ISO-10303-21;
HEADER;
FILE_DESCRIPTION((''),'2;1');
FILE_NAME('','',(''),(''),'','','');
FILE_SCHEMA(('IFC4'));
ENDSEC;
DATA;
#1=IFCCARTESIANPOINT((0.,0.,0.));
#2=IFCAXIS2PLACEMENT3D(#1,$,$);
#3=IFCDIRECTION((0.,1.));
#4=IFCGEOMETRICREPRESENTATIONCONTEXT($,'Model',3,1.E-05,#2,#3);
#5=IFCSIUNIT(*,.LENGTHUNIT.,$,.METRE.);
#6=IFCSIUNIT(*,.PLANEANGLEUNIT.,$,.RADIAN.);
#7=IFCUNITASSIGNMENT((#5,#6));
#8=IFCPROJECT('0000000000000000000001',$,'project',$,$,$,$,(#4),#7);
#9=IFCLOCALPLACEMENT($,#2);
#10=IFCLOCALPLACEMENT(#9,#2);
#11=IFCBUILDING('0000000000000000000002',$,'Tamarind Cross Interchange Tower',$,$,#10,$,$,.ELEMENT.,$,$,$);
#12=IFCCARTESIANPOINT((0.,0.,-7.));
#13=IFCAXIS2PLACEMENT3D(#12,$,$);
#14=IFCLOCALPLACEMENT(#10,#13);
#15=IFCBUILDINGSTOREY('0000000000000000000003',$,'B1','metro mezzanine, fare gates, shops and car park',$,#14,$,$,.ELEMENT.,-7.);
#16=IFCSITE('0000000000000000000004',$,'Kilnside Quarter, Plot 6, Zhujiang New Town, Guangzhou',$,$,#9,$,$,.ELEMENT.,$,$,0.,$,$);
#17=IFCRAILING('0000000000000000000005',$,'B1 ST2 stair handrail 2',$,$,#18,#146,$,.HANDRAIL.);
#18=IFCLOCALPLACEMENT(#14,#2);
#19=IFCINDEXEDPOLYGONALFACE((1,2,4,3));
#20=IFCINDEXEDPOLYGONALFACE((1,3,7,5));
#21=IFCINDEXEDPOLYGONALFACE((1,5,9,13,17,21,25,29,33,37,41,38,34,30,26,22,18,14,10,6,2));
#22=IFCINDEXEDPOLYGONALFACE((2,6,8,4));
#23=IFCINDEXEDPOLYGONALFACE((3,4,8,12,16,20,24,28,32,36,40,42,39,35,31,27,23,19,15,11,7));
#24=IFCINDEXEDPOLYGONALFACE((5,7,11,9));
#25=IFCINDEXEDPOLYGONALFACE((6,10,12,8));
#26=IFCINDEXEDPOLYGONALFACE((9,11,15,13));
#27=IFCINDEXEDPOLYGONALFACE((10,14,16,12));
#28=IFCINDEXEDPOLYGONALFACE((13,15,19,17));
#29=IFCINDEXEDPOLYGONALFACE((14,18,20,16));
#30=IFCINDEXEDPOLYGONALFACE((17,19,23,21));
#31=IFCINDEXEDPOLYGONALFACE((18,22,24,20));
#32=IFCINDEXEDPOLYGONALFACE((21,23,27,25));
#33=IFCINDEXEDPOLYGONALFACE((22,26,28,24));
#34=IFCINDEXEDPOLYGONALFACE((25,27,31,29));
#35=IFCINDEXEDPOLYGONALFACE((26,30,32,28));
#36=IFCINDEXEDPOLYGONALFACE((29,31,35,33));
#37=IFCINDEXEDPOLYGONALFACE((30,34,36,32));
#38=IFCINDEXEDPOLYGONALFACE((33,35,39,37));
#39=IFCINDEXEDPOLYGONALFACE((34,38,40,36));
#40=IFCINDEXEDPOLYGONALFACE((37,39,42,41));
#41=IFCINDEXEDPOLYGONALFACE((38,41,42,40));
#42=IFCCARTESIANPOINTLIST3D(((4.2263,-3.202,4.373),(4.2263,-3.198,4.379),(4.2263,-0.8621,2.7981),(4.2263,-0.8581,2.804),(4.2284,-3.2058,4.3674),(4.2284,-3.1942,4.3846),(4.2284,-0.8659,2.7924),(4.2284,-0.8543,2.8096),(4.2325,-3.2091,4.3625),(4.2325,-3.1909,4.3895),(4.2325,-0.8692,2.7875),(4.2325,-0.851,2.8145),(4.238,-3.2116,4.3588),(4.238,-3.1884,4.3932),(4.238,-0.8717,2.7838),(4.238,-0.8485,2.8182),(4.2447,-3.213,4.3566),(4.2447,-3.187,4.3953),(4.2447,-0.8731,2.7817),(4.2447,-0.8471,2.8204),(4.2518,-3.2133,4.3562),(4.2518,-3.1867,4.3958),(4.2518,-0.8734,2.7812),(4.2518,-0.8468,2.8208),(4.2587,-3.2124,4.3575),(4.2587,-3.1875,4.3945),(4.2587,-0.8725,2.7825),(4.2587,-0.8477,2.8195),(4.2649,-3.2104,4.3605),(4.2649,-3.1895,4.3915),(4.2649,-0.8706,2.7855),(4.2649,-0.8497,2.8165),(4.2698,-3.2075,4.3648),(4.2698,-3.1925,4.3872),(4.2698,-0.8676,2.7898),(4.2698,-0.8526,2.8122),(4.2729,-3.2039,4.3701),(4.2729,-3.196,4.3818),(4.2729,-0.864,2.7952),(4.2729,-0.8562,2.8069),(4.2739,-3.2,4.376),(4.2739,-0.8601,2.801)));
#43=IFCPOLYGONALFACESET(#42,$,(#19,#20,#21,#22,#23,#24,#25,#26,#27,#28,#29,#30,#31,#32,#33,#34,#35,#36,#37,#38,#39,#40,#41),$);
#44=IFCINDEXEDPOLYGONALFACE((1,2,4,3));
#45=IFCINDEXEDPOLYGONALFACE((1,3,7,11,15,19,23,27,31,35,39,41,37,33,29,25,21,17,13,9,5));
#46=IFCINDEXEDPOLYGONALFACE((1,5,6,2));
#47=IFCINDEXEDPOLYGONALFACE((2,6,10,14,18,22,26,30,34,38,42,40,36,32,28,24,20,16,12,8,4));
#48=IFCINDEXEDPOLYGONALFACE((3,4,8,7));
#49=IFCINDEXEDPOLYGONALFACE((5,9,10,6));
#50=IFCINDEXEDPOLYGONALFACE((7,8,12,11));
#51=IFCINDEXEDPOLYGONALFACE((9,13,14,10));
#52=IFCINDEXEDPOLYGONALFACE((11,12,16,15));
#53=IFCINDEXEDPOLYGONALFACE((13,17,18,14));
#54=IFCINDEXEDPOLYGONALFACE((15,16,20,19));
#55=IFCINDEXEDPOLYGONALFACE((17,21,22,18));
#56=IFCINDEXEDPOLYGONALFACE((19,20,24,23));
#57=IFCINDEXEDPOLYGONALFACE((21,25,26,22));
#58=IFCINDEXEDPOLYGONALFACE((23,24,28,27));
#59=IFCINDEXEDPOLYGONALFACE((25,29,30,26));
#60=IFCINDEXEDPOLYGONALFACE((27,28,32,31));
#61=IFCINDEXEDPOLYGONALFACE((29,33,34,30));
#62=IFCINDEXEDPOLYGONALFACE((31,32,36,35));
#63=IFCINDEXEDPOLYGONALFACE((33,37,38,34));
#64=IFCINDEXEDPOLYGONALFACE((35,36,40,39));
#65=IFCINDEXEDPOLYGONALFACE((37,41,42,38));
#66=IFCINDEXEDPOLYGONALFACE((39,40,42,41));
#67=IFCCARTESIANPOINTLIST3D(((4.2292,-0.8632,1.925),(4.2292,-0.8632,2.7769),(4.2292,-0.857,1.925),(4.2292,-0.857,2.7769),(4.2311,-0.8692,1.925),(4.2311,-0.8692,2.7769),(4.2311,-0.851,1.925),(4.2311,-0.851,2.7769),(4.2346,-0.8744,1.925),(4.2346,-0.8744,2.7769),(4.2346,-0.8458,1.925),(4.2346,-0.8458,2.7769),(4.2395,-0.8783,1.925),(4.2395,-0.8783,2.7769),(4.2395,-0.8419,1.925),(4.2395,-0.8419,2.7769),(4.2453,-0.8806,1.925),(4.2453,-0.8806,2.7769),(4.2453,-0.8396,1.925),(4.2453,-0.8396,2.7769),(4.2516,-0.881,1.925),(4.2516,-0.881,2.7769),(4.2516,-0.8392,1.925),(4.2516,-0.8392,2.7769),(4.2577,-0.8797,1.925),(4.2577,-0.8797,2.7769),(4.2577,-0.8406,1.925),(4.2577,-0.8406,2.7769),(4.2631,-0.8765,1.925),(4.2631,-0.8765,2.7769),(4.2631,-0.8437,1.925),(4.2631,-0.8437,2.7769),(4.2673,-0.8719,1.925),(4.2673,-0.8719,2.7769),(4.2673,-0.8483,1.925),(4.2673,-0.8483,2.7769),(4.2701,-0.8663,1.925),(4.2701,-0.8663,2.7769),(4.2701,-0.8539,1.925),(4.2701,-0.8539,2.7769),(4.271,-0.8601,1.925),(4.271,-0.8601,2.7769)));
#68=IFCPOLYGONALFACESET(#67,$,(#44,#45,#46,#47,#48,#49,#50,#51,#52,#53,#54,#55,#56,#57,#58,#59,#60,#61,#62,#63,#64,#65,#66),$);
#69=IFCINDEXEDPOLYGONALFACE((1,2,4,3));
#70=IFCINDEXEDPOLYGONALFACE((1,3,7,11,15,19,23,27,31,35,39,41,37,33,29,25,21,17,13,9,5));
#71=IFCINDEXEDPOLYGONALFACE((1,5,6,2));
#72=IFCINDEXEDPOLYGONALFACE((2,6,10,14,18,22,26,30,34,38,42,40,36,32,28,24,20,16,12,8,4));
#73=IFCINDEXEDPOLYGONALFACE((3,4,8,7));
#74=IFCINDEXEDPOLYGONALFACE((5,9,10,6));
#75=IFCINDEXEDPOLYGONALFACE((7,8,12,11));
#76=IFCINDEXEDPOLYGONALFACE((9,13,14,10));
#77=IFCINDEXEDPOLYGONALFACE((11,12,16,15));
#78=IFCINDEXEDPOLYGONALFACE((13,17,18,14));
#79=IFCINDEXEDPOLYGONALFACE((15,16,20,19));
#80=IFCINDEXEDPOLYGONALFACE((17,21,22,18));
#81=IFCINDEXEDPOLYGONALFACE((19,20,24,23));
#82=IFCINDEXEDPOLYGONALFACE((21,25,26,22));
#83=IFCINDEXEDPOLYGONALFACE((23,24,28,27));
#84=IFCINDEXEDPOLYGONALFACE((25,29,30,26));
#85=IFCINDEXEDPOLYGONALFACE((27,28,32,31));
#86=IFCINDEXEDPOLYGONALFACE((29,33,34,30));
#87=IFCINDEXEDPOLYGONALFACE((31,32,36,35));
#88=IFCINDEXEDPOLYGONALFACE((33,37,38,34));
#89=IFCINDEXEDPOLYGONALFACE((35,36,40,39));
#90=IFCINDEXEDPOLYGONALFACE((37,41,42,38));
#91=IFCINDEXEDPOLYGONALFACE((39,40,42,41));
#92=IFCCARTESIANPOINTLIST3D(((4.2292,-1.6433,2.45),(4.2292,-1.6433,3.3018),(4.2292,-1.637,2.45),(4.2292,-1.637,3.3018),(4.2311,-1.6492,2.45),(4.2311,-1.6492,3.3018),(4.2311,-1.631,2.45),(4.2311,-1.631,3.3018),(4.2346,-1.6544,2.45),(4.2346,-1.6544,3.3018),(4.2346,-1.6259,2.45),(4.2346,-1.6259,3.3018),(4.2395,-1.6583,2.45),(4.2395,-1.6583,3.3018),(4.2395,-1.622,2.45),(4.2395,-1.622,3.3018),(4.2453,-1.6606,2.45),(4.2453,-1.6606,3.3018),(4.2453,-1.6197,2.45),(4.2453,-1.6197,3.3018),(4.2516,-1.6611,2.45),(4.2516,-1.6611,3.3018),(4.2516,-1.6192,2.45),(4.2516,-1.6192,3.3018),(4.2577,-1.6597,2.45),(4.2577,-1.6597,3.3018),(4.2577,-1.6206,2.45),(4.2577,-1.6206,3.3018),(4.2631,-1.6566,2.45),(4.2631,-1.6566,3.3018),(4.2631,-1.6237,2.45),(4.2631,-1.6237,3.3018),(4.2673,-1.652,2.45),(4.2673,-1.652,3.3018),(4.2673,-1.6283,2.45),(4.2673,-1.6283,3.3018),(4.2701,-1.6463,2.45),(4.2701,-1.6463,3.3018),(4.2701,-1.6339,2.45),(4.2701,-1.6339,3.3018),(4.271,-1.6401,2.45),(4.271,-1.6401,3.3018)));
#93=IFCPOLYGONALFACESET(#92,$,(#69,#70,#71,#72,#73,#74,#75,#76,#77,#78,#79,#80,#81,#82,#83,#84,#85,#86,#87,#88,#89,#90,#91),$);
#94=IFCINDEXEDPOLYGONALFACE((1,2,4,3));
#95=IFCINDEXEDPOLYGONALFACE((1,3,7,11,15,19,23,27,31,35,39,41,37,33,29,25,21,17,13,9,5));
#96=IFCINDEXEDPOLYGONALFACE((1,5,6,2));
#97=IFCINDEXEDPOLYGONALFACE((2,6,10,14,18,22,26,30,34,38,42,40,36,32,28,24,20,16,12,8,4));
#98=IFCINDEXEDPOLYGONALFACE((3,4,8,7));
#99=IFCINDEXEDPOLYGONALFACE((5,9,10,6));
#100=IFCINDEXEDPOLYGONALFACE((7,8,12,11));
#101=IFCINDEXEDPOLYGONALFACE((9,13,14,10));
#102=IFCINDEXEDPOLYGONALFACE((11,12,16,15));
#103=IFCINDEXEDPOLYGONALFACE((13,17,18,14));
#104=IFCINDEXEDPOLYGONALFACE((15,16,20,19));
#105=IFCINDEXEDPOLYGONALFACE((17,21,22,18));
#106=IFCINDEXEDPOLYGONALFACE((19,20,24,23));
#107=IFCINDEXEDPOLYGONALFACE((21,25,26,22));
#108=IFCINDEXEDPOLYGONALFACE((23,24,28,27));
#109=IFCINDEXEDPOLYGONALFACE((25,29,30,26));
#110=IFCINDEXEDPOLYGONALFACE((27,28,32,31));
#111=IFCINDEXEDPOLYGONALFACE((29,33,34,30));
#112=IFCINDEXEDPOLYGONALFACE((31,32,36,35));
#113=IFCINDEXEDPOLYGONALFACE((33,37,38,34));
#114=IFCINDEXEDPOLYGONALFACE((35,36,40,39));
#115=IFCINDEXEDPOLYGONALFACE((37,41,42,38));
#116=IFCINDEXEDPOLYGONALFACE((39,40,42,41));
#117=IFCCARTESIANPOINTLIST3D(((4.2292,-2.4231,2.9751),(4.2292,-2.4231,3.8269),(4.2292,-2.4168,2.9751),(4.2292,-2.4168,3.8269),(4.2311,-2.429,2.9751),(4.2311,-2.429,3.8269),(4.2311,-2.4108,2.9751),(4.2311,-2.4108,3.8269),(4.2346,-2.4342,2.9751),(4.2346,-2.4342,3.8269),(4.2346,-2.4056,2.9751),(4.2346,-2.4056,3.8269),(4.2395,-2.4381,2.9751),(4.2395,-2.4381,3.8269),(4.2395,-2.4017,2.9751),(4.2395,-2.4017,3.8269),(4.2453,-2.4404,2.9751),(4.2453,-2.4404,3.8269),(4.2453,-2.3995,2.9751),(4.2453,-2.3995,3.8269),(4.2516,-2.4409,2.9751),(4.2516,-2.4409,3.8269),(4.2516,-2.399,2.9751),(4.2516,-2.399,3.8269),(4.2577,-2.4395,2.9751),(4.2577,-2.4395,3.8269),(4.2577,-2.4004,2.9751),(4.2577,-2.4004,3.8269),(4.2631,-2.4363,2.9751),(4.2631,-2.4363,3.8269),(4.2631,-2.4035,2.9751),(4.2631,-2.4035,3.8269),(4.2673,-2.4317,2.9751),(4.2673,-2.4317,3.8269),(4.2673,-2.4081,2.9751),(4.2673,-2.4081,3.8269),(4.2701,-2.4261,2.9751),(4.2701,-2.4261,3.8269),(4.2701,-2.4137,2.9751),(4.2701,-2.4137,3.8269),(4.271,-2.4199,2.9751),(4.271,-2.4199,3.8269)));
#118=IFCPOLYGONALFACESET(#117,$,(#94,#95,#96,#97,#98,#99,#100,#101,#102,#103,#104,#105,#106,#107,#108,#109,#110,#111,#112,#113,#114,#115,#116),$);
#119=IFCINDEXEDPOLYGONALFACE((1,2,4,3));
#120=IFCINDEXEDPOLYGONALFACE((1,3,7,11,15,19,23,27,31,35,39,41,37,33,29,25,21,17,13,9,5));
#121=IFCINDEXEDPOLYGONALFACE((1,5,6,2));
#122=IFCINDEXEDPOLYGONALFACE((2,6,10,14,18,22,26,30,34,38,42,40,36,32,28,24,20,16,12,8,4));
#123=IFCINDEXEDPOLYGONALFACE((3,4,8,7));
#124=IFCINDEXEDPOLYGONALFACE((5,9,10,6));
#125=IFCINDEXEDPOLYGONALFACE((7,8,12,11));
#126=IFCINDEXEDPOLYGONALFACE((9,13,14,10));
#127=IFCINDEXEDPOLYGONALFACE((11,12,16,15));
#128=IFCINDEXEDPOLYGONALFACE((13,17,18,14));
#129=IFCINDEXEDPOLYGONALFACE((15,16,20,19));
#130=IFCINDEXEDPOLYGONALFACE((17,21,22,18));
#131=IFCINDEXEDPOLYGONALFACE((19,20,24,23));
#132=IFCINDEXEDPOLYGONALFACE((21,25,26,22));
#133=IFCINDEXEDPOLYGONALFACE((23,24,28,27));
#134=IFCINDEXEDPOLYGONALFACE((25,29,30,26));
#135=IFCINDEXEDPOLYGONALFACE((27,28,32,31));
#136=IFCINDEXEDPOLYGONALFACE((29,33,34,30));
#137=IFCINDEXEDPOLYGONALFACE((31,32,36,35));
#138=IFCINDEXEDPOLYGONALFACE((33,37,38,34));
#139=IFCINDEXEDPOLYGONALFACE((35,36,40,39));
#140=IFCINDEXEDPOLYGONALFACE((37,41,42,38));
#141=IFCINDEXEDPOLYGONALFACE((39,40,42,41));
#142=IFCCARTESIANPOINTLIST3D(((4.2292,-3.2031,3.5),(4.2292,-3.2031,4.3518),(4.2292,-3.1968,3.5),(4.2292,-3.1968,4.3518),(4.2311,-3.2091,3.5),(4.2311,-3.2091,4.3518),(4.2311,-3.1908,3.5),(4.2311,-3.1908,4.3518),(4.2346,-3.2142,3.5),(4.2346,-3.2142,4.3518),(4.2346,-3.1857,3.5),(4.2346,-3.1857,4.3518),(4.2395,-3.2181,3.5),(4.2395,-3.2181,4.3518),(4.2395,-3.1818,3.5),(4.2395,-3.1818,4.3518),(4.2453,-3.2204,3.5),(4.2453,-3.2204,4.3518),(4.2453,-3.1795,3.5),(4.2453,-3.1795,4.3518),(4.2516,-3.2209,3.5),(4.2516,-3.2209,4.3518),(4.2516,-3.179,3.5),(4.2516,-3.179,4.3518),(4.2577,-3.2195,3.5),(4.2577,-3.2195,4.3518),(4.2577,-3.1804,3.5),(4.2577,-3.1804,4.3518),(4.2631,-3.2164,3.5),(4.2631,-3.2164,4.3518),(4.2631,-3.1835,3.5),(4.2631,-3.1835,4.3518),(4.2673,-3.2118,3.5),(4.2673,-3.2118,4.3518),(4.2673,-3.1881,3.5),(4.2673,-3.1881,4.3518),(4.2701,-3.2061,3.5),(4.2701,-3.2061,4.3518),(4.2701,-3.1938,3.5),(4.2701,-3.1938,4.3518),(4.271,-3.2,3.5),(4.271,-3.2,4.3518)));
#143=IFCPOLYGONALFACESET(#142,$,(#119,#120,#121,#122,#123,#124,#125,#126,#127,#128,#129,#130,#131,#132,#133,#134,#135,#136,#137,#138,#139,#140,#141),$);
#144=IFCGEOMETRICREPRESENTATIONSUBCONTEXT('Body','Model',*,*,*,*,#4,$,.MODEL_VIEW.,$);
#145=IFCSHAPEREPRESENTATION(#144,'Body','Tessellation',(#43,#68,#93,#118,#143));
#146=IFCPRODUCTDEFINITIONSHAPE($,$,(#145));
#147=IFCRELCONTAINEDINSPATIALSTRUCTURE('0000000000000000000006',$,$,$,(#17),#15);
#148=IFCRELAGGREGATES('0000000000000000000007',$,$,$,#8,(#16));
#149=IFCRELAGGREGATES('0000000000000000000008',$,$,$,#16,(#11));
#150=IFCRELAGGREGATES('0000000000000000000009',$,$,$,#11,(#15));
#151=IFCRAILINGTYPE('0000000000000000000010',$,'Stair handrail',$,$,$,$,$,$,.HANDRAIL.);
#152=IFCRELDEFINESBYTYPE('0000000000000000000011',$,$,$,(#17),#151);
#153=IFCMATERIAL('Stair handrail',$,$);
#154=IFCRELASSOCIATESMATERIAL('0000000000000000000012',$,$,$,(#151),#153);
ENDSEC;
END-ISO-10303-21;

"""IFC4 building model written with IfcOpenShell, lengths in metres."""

from ifc_helpers import new_model, si_unit, direction, frame, origin, origin_2d, place, context, subcontext, project, spatial, circle, extrude, material, type_object, element, save


model = new_model("IFC4")

# Units and contexts
model_context = context("Model", 3, precision=1e-05, world=origin(), true_north=direction((0.0, 1.0)))
body_context = subcontext(model_context, "Body", "Model", "MODEL_VIEW")
ifc_project = project(units=[si_unit("LENGTHUNIT", "METRE"), si_unit("PLANEANGLEUNIT", "RADIAN")], contexts=[model_context])

# Site, building, storey
site_placement = place(None, origin())
site = spatial("IfcSite", under=ifc_project, at=site_placement, Name="Kilnside Quarter, Plot 6, Zhujiang New Town, Guangzhou", CompositionType="ELEMENT", RefElevation=0.0)
building_placement = place(site_placement, origin())
building = spatial("IfcBuilding", under=site, at=building_placement, Name="Tamarind Cross Interchange Tower", CompositionType="ELEMENT")
storey_placement = place(building_placement, frame((0.0, 0.0, -7.0)))
storey = spatial("IfcBuildingStorey", under=building, at=storey_placement, Name="B1", Description="metro mezzanine, fare gates, shops and car park", CompositionType="ELEMENT", Elevation=-7.0)

# Railing
ifc_material_1 = material(Name="Stair handrail")
railing_type_1 = type_object("IfcRailingType", Name="Stair handrail", PredefinedType="HANDRAIL", material=ifc_material_1)
for number, where, name in (
    (1, (4.25, -0.8601, 1.925), "B1 ST2 stair handrail 2"),
):
    element("IfcRailing", number, at=place(storey_placement, frame(where)), inside=storey, type_object=railing_type_1, Name=name, PredefinedType="HANDRAIL", context=body_context, shape_type="SweptSolid", body=[
        extrude(circle(Radius=0.0239, at=origin_2d()), frame((0.0, 0.0, 0.876), z_axis=(0.0, -0.829578, 0.55839), x_axis=(1.0, 0.0, 0.0)), (0.0, 0.0, 1.0), 2.8206),
        extrude(circle(Radius=0.021, at=origin_2d()), origin(), (0.0, 0.0, 1.0), 0.8518),
        extrude(circle(Radius=0.021, at=origin_2d()), frame((0.0, -0.78, 0.5249)), (0.0, 0.0, 1.0), 0.8518),
        extrude(circle(Radius=0.021, at=origin_2d()), frame((0.0, -1.5598, 1.05)), (0.0, 0.0, 1.0), 0.8518),
        extrude(circle(Radius=0.021, at=origin_2d()), frame((0.0, -2.3398, 1.575)), (0.0, 0.0, 1.0), 0.8518),
    ])

save(model, "model.ifc")
